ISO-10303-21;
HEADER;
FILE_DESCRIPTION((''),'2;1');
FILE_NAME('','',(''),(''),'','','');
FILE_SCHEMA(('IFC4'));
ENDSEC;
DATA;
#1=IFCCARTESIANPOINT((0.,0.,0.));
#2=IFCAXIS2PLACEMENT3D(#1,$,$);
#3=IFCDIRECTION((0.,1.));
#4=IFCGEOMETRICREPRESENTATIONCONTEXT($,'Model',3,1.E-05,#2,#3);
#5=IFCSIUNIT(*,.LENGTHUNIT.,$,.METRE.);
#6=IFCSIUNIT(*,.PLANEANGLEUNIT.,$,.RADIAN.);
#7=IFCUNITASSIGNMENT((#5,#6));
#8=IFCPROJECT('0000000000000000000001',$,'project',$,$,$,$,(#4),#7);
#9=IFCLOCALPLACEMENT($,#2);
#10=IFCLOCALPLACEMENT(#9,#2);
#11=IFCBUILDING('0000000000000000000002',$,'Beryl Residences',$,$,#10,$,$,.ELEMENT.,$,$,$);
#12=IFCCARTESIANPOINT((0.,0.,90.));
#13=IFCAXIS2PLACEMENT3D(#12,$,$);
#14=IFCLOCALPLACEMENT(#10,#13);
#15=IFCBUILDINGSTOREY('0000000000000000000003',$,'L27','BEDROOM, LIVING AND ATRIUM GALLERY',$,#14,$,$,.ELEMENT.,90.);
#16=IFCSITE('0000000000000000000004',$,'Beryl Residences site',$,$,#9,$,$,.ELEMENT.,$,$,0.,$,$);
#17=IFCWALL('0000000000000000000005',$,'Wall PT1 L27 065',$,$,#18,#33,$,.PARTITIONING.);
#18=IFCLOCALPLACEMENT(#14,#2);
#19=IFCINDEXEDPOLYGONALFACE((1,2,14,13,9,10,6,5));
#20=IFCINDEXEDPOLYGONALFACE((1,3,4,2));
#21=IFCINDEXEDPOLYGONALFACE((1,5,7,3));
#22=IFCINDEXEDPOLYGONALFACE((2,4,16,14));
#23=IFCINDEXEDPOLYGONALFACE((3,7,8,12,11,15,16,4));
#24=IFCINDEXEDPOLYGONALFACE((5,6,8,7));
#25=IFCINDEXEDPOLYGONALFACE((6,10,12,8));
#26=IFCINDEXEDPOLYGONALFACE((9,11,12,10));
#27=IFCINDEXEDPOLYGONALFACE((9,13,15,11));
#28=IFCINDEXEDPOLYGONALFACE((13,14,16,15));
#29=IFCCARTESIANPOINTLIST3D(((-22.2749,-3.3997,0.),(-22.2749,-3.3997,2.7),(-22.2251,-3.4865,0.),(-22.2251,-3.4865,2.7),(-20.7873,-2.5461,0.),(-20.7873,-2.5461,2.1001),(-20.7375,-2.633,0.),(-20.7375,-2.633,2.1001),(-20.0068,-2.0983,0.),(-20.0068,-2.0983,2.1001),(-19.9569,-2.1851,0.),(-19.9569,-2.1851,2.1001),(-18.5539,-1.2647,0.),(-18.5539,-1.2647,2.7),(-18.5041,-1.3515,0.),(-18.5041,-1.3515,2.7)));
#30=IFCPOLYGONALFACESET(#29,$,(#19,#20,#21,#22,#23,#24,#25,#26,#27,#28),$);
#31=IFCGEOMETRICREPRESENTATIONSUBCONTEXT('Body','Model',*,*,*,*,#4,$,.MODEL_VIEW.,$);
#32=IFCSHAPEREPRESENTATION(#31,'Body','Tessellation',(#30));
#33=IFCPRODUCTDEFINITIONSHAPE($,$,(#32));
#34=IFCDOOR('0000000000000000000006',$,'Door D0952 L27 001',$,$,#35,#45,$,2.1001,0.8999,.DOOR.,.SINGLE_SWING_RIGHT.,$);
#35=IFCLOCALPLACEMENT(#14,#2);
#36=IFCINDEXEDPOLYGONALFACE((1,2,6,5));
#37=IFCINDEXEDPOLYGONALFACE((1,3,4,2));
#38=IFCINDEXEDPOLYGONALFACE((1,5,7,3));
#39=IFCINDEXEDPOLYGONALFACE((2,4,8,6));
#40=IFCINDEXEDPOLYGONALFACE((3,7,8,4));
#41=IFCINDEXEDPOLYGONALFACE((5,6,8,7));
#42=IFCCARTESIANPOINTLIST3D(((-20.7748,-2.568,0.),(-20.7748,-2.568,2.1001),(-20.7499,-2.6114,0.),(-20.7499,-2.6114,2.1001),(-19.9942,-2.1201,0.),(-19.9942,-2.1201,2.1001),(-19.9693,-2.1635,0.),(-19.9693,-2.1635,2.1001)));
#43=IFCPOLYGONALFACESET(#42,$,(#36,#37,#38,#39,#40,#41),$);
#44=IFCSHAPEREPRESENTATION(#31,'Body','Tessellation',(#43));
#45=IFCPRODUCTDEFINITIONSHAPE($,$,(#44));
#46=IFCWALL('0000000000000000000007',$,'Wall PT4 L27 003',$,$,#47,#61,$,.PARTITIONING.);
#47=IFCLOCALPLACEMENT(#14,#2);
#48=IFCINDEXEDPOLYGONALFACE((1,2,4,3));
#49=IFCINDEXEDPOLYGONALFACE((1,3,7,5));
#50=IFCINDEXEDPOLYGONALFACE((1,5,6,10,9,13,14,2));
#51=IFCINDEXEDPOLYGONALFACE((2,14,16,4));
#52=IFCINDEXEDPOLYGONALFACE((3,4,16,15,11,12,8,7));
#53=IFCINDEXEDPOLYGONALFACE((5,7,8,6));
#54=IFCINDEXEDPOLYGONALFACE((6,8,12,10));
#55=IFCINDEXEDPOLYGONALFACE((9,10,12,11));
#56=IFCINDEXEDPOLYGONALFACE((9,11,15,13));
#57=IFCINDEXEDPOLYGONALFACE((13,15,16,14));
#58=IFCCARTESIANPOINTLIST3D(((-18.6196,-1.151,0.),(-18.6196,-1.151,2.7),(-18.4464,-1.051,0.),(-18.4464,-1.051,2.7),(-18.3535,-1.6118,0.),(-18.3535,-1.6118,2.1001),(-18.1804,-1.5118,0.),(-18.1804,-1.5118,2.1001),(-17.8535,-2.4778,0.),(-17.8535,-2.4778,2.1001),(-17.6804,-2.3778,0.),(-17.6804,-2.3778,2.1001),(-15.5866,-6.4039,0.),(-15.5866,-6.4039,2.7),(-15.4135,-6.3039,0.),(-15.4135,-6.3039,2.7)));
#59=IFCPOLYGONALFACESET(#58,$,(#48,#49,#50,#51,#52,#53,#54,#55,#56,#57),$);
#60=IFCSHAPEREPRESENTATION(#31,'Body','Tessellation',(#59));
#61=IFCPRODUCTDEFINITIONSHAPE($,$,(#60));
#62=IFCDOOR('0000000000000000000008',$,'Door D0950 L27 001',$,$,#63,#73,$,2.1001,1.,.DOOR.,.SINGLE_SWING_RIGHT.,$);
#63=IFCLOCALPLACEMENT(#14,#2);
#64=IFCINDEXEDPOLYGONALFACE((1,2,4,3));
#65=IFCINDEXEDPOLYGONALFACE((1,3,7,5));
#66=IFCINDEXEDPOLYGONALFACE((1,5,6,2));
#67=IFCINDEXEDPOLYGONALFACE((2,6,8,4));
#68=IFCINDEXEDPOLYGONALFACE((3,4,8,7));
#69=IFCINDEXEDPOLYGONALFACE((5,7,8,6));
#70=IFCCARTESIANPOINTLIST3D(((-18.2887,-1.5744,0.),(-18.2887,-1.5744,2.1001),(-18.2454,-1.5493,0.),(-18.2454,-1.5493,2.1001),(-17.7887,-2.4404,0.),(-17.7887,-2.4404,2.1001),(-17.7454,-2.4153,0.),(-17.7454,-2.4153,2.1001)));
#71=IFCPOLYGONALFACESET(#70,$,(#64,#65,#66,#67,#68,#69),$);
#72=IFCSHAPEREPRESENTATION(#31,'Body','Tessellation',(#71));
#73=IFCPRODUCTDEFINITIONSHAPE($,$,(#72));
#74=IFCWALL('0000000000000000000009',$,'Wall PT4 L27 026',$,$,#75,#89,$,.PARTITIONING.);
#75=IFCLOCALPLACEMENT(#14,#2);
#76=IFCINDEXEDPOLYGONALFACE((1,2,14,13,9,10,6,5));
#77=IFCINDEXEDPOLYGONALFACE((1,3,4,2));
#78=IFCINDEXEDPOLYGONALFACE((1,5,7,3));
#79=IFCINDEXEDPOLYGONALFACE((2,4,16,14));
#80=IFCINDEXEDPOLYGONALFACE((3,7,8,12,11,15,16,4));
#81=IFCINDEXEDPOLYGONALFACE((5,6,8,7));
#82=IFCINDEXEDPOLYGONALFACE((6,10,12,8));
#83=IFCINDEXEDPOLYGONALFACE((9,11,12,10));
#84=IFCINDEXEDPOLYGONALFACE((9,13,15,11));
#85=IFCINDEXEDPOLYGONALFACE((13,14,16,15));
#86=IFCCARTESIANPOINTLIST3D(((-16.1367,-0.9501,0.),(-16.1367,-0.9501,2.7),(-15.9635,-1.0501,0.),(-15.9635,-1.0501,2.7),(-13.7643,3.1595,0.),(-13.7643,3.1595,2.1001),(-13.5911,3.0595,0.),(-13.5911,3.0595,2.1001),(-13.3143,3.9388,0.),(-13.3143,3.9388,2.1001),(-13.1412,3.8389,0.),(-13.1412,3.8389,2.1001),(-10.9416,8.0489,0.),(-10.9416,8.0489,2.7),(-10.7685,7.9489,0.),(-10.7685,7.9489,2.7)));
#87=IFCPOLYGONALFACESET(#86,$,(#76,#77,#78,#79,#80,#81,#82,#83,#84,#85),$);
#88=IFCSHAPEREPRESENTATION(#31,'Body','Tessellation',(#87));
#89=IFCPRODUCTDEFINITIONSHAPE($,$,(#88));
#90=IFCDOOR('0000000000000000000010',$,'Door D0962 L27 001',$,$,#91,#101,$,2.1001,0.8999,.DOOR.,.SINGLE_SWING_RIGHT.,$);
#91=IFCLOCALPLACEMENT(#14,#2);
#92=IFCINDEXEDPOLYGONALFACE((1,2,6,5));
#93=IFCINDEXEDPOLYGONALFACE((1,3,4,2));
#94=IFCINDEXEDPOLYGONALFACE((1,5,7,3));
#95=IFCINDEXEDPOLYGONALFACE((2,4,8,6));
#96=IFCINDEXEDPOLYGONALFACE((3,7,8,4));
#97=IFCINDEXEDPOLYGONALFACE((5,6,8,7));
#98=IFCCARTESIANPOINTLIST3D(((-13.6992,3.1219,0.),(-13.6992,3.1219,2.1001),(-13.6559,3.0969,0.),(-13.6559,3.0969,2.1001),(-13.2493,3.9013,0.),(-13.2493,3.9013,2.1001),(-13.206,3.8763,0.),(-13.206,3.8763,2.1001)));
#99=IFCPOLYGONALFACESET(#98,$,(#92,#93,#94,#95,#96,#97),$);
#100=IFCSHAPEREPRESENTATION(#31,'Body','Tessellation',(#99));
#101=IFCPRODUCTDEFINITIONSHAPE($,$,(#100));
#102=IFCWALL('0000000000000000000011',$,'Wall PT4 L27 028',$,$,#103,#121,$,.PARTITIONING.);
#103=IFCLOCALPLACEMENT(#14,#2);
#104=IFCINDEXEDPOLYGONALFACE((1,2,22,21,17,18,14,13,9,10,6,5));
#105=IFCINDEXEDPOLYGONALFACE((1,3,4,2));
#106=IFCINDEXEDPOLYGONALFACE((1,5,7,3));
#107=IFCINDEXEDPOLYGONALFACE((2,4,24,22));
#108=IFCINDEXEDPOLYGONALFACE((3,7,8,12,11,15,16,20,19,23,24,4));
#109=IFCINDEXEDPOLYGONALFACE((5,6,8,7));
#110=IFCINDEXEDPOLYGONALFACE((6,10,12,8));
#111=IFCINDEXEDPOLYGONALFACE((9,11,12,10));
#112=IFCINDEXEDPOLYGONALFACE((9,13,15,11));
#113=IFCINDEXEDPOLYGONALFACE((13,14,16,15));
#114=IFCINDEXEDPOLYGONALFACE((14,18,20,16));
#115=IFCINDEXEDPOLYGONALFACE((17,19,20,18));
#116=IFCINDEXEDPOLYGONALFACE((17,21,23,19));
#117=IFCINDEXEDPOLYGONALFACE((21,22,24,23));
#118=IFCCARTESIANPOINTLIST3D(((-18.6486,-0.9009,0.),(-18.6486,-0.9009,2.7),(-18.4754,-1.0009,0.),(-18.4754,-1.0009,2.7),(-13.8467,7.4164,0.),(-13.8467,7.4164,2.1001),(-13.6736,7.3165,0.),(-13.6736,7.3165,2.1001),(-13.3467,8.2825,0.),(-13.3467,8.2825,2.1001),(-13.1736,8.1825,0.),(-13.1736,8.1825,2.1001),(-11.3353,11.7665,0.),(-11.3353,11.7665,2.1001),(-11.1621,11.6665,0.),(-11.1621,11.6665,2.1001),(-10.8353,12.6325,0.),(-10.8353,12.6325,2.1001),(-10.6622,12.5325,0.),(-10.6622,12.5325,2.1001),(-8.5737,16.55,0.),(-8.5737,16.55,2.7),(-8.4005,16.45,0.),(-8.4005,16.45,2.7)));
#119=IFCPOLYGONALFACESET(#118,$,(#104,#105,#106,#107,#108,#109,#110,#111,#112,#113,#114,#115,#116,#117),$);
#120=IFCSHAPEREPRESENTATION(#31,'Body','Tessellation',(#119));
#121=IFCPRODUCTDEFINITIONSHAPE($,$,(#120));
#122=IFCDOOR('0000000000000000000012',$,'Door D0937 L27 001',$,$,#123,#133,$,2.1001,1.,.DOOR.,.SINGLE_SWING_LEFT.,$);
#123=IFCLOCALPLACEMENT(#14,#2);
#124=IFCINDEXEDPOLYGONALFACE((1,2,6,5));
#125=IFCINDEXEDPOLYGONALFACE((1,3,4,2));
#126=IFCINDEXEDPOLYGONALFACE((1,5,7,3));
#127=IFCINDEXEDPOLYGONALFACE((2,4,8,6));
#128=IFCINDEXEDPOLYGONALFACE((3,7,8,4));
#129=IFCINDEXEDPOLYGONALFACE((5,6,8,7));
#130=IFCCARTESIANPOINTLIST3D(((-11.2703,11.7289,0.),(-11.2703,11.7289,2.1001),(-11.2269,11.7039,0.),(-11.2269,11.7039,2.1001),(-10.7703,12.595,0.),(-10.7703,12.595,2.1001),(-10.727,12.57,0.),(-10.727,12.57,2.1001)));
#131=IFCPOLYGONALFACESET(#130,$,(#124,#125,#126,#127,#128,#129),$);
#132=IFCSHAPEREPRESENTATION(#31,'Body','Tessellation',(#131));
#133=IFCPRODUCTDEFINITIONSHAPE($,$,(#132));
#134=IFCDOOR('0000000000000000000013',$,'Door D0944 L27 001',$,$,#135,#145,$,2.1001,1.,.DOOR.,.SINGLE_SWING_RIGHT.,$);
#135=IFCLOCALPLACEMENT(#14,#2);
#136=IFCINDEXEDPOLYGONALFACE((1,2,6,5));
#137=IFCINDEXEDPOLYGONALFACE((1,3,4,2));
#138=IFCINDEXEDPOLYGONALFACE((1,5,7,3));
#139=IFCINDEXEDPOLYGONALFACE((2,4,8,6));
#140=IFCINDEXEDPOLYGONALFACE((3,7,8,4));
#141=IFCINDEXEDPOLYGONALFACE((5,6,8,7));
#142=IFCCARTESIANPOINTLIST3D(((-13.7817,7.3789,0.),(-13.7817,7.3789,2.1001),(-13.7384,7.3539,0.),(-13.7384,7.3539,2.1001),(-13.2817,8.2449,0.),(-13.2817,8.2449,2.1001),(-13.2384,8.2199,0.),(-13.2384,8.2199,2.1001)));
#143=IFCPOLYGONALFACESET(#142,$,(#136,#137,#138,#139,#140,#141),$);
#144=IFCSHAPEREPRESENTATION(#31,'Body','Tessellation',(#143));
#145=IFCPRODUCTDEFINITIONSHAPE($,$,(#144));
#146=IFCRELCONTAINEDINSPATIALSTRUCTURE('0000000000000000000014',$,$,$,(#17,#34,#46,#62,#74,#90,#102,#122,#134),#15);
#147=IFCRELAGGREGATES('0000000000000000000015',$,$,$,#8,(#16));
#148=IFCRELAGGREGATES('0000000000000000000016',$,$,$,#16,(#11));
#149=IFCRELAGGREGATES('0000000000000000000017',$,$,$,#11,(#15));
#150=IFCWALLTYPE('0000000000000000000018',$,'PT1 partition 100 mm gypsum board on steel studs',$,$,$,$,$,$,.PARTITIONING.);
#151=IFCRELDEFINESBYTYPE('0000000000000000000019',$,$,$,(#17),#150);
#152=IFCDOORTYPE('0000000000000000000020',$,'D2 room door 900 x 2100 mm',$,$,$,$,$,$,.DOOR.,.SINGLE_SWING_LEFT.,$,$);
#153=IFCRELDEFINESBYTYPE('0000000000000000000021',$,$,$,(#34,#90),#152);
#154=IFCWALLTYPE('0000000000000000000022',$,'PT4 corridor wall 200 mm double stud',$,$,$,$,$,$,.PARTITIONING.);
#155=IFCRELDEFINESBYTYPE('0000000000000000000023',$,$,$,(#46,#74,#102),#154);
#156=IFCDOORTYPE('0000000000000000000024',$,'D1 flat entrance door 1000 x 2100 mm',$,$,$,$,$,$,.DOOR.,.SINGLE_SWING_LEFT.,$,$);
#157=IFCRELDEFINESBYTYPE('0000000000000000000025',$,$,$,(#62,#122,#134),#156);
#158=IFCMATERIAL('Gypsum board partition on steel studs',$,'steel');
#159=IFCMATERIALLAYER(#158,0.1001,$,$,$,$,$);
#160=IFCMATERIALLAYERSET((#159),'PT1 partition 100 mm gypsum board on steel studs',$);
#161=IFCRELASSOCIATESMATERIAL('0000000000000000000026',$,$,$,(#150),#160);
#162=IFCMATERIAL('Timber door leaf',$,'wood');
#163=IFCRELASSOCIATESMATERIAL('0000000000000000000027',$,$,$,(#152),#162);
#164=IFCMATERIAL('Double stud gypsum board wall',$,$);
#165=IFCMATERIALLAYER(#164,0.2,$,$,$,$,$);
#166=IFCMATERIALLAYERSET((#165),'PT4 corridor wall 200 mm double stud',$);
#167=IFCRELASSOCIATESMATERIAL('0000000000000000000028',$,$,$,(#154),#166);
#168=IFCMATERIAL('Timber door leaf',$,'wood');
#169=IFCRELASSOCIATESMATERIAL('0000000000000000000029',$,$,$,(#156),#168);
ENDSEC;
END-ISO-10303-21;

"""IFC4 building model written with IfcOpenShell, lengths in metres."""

from ifc_helpers import new_model, si_unit, direction, frame, frame_2d, origin, place, context, subcontext, project, spatial, rectangle, extrude, material, layer, layer_set, type_object, element, fill, save


model = new_model("IFC4")

# Units and contexts
model_context = context("Model", 3, precision=1e-05, world=origin(), true_north=direction((0.0, 1.0)))
body_context = subcontext(model_context, "Body", "Model", "MODEL_VIEW")
ifc_project = project(units=[si_unit("LENGTHUNIT", "METRE"), si_unit("PLANEANGLEUNIT", "RADIAN")], contexts=[model_context])

# Site, building, storey
site_placement = place(None, origin())
site = spatial("IfcSite", under=ifc_project, at=site_placement, Name="Beryl Residences site", CompositionType="ELEMENT", RefElevation=0.0)
building_placement = place(site_placement, origin())
building = spatial("IfcBuilding", under=site, at=building_placement, Name="Beryl Residences", CompositionType="ELEMENT")
storey_placement = place(building_placement, frame((0.0, 0.0, 90.0)))
storey = spatial("IfcBuildingStorey", under=building, at=storey_placement, Name="L27", Description="BEDROOM, LIVING AND ATRIUM GALLERY", CompositionType="ELEMENT", Elevation=90.0)

# Shared definitions
ifc_material_1 = material(Name="Gypsum board partition on steel studs", Category="steel")
ifc_layer_1 = layer(ifc_material_1, 0.1001)
ifc_layer_set_1 = layer_set([ifc_layer_1], Name="PT1 partition 100 mm gypsum board on steel studs")
wall_type_1 = type_object("IfcWallType", Name="PT1 partition 100 mm gypsum board on steel studs", PredefinedType="PARTITIONING", material=ifc_layer_set_1)
ifc_material_2 = material(Name="Timber door leaf", Category="wood")
door_type_1 = type_object("IfcDoorType", Name="D2 room door 900 x 2100 mm", OperationType="SINGLE_SWING_LEFT", PredefinedType="DOOR", material=ifc_material_2)

# Walls, openings, doors
wall_1_placement = place(storey_placement, frame((-22.25, -3.4431, 0.0), z_axis=(0.0, 0.0, 1.0), x_axis=(0.867363, 0.497676, 0.0)))
wall_1 = element("IfcWall", 1, at=wall_1_placement, inside=storey, type_object=wall_type_1, Name="Wall PT1 L27 065", PredefinedType="PARTITIONING", context=body_context, shape_type="SweptSolid", body=[
    extrude(rectangle(XDim=4.29, YDim=0.1001, at=frame_2d((2.145, 0.0))), origin(), (0.0, 0.0, 1.0), 2.7),
])
opening_1_placement = place(wall_1_placement, frame((1.7151, 0.0, 0.0)))
opening_1 = element("IfcOpeningElement", 2, at=opening_1_placement, cuts=wall_1, PredefinedType="OPENING", context=body_context, shape_type="SweptSolid", body=[
    extrude(rectangle(XDim=0.8999, YDim=2.1001, at=frame_2d((0.45, 1.05))), frame((0.0, 0.0601, 0.0), z_axis=(0.0, -1.0, 0.0), x_axis=(1.0, 0.0, 0.0)), (0.0, 0.0, 1.0), 0.1201),
])
door_1_placement = place(opening_1_placement, origin())
door_1 = element("IfcDoor", 3, at=door_1_placement, inside=storey, type_object=door_type_1, Name="Door D0952 L27 001", OperationType="SINGLE_SWING_RIGHT", OverallHeight=2.1001, OverallWidth=0.8999, PredefinedType="DOOR", context=body_context, shape_type="SweptSolid", body=[
    extrude(rectangle(XDim=0.8999, YDim=2.1001, at=frame_2d((0.45, 1.05))), frame((0.0, 0.0249, 0.0), z_axis=(0.0, -1.0, 0.0), x_axis=(1.0, 0.0, 0.0)), (0.0, 0.0, 1.0), 0.05),
])
fill(opening_1, door_1)
ifc_material_3 = material(Name="Double stud gypsum board wall")
ifc_layer_2 = layer(ifc_material_3, 0.2)
ifc_layer_set_2 = layer_set([ifc_layer_2], Name="PT4 corridor wall 200 mm double stud")
wall_type_2 = type_object("IfcWallType", Name="PT4 corridor wall 200 mm double stud", PredefinedType="PARTITIONING", material=ifc_layer_set_2)
wall_2_placement = place(storey_placement, frame((-18.533, -1.1011, 0.0), z_axis=(0.0, 0.0, 1.0), x_axis=(0.500022, -0.866013, 0.0)))
wall_2 = element("IfcWall", 4, at=wall_2_placement, inside=storey, type_object=wall_type_2, Name="Wall PT4 L27 003", PredefinedType="PARTITIONING", context=body_context, shape_type="SweptSolid", body=[
    extrude(rectangle(XDim=6.0657, YDim=0.2, at=frame_2d((3.0327, 0.0))), origin(), (0.0, 0.0, 1.0), 2.7),
])
opening_2_placement = place(wall_2_placement, frame((0.532, 0.0, 0.0)))
opening_2 = element("IfcOpeningElement", 5, at=opening_2_placement, cuts=wall_2, PredefinedType="OPENING", context=body_context, shape_type="SweptSolid", body=[
    extrude(rectangle(XDim=1.0, YDim=2.1001, at=frame_2d((0.5, 1.05))), frame((0.0, 0.1099, 0.0), z_axis=(0.0, -1.0, 0.0), x_axis=(1.0, 0.0, 0.0)), (0.0, 0.0, 1.0), 0.22),
])
ifc_material_4 = material(Name="Timber door leaf", Category="wood")
door_type_2 = type_object("IfcDoorType", Name="D1 flat entrance door 1000 x 2100 mm", OperationType="SINGLE_SWING_LEFT", PredefinedType="DOOR", material=ifc_material_4)
door_2_placement = place(opening_2_placement, origin())
door_2 = element("IfcDoor", 6, at=door_2_placement, inside=storey, type_object=door_type_2, Name="Door D0950 L27 001", OperationType="SINGLE_SWING_RIGHT", OverallHeight=2.1001, OverallWidth=1.0, PredefinedType="DOOR", context=body_context, shape_type="SweptSolid", body=[
    extrude(rectangle(XDim=1.0, YDim=2.1001, at=frame_2d((0.5, 1.05))), frame((0.0, 0.0249, 0.0), z_axis=(0.0, -1.0, 0.0), x_axis=(1.0, 0.0, 0.0)), (0.0, 0.0, 1.0), 0.05),
])
fill(opening_2, door_2)
wall_3_placement = place(storey_placement, frame((-16.05, -1.0, 0.0), z_axis=(0.0, 0.0, 1.0), x_axis=(0.499962, 0.866047, 0.0)))
wall_3 = element("IfcWall", 7, at=wall_3_placement, inside=storey, type_object=wall_type_2, Name="Wall PT4 L27 026", PredefinedType="PARTITIONING", context=body_context, shape_type="SweptSolid", body=[
    extrude(rectangle(XDim=10.3909, YDim=0.2, at=frame_2d((5.1953, 0.0))), origin(), (0.0, 0.0, 1.0), 2.7),
])
opening_3_placement = place(wall_3_placement, frame((4.7451, 0.0, 0.0)))
opening_3 = element("IfcOpeningElement", 8, at=opening_3_placement, cuts=wall_3, PredefinedType="OPENING", context=body_context, shape_type="SweptSolid", body=[
    extrude(rectangle(XDim=0.8999, YDim=2.1001, at=frame_2d((0.45, 1.05))), frame((0.0, 0.1099, 0.0), z_axis=(0.0, -1.0, 0.0), x_axis=(1.0, 0.0, 0.0)), (0.0, 0.0, 1.0), 0.22),
])
door_3_placement = place(opening_3_placement, origin())
door_3 = element("IfcDoor", 9, at=door_3_placement, inside=storey, type_object=door_type_1, Name="Door D0962 L27 001", OperationType="SINGLE_SWING_RIGHT", OverallHeight=2.1001, OverallWidth=0.8999, PredefinedType="DOOR", context=body_context, shape_type="SweptSolid", body=[
    extrude(rectangle(XDim=0.8999, YDim=2.1001, at=frame_2d((0.45, 1.05))), frame((0.0, 0.0249, 0.0), z_axis=(0.0, -1.0, 0.0), x_axis=(1.0, 0.0, 0.0)), (0.0, 0.0, 1.0), 0.05),
])
fill(opening_3, door_3)

# Wall, openings, doors
wall_4_placement = place(storey_placement, frame((-18.562, -0.9509, 0.0), z_axis=(0.0, 0.0, 1.0), x_axis=(0.499987, 0.866033, 0.0)))
wall_4 = element("IfcWall", 10, at=wall_4_placement, inside=storey, type_object=wall_type_2, Name="Wall PT4 L27 028", PredefinedType="PARTITIONING", context=body_context, shape_type="SweptSolid", body=[
    extrude(rectangle(XDim=20.1504, YDim=0.2, at=frame_2d((10.0752, 0.0))), origin(), (0.0, 0.0, 1.0), 2.7),
])
opening_4_placement = place(wall_4_placement, frame((14.627, 0.0, 0.0)))
opening_4 = element("IfcOpeningElement", 11, at=opening_4_placement, cuts=wall_4, PredefinedType="OPENING", context=body_context, shape_type="SweptSolid", body=[
    extrude(rectangle(XDim=1.0, YDim=2.1001, at=frame_2d((0.5, 1.05))), frame((0.0, 0.1099, 0.0), z_axis=(0.0, -1.0, 0.0), x_axis=(1.0, 0.0, 0.0)), (0.0, 0.0, 1.0), 0.22),
])
opening_5_placement = place(wall_4_placement, frame((9.604, 0.0, 0.0)))
opening_5 = element("IfcOpeningElement", 12, at=opening_5_placement, cuts=wall_4, PredefinedType="OPENING", context=body_context, shape_type="SweptSolid", body=[
    extrude(rectangle(XDim=1.0, YDim=2.1001, at=frame_2d((0.5, 1.05))), frame((0.0, 0.1099, 0.0), z_axis=(0.0, -1.0, 0.0), x_axis=(1.0, 0.0, 0.0)), (0.0, 0.0, 1.0), 0.22),
])
door_4_placement = place(opening_4_placement, origin())
door_4 = element("IfcDoor", 13, at=door_4_placement, inside=storey, type_object=door_type_2, Name="Door D0937 L27 001", OperationType="SINGLE_SWING_LEFT", OverallHeight=2.1001, OverallWidth=1.0, PredefinedType="DOOR", context=body_context, shape_type="SweptSolid", body=[
    extrude(rectangle(XDim=1.0, YDim=2.1001, at=frame_2d((0.5, 1.05))), frame((0.0, 0.0249, 0.0), z_axis=(0.0, -1.0, 0.0), x_axis=(1.0, 0.0, 0.0)), (0.0, 0.0, 1.0), 0.05),
])
fill(opening_4, door_4)
door_5_placement = place(opening_5_placement, origin())
door_5 = element("IfcDoor", 14, at=door_5_placement, inside=storey, type_object=door_type_2, Name="Door D0944 L27 001", OperationType="SINGLE_SWING_RIGHT", OverallHeight=2.1001, OverallWidth=1.0, PredefinedType="DOOR", context=body_context, shape_type="SweptSolid", body=[
    extrude(rectangle(XDim=1.0, YDim=2.1001, at=frame_2d((0.5, 1.05))), frame((0.0, 0.0249, 0.0), z_axis=(0.0, -1.0, 0.0), x_axis=(1.0, 0.0, 0.0)), (0.0, 0.0, 1.0), 0.05),
])
fill(opening_5, door_5)

save(model, "model.ifc")
